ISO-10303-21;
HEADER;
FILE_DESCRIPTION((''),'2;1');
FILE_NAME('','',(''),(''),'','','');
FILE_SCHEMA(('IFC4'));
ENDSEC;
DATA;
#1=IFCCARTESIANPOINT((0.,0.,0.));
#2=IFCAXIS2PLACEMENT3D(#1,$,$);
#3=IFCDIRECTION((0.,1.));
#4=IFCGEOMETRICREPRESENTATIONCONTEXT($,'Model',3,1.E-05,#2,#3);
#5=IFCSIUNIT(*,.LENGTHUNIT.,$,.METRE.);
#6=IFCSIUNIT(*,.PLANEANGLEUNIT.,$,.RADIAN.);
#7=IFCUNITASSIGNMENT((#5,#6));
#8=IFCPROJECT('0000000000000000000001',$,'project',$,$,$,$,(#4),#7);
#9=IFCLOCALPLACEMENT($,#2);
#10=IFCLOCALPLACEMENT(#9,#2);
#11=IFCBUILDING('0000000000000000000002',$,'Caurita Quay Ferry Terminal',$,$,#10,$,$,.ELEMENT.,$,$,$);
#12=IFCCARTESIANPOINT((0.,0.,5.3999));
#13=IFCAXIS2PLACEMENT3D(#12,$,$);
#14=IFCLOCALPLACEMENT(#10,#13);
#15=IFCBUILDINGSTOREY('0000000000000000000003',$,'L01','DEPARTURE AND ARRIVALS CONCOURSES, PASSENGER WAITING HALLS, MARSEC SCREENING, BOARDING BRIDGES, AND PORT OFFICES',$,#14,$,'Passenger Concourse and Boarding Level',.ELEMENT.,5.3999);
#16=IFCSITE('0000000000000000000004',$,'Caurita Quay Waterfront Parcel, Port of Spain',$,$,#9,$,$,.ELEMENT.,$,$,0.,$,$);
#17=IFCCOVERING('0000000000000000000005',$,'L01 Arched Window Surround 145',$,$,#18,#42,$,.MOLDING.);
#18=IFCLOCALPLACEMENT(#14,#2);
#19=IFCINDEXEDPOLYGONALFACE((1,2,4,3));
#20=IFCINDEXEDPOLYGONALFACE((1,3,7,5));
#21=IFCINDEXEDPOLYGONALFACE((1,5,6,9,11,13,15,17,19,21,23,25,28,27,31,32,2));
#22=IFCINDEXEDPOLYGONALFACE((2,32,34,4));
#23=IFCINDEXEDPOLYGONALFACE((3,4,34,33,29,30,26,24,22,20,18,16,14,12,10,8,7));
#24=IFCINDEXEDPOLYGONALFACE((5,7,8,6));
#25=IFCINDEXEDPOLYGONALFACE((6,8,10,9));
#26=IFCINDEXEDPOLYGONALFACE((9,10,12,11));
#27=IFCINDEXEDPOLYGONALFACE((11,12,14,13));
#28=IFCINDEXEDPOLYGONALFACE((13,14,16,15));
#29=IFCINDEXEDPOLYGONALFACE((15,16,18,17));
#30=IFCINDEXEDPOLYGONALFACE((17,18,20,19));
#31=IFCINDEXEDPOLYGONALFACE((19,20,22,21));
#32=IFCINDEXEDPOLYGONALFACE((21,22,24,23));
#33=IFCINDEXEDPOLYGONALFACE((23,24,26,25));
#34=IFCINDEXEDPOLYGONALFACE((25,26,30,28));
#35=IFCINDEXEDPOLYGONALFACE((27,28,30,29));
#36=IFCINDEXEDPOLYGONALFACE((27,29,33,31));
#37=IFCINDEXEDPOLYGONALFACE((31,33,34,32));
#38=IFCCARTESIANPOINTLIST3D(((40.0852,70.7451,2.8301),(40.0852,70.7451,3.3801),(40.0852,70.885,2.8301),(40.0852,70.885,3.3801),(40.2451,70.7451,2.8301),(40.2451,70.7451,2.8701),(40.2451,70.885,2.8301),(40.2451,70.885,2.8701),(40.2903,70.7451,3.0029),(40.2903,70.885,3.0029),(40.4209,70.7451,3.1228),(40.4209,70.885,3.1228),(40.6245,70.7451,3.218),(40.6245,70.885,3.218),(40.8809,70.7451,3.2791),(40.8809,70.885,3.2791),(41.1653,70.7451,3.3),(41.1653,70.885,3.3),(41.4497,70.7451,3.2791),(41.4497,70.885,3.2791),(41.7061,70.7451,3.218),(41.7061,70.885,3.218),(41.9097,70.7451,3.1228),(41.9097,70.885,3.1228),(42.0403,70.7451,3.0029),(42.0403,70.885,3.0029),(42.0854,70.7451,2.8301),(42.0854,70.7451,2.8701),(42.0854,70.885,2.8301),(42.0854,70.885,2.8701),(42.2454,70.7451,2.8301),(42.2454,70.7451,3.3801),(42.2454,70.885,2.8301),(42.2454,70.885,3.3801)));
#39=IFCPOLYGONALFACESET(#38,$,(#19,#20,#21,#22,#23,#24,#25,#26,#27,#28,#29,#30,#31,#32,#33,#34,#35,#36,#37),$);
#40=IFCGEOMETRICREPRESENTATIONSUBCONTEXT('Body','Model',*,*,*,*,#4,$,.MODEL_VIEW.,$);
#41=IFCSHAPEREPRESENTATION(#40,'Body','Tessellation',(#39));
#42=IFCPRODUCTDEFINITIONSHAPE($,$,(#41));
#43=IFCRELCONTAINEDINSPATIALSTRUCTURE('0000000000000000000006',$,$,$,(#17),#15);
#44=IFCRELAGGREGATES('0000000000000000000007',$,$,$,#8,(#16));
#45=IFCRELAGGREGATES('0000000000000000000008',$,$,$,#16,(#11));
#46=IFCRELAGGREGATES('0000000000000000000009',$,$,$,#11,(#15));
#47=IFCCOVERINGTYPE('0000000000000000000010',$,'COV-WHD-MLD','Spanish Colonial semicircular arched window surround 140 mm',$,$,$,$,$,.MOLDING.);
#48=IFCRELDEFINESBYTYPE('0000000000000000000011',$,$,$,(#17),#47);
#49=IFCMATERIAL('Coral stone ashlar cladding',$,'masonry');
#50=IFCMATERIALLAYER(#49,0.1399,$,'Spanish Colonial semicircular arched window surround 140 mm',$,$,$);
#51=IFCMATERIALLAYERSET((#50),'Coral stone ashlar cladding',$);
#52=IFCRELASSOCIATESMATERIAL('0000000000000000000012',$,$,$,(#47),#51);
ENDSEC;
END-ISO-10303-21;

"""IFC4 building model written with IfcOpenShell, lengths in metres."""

from ifc_helpers import new_model, si_unit, direction, frame, origin, place, context, subcontext, project, spatial, polyline, outline, extrude, material, layer, layer_set, type_object, element, save


model = new_model("IFC4")

# Units and contexts
model_context = context("Model", 3, precision=1e-05, world=origin(), true_north=direction((0.0, 1.0)))
body_context = subcontext(model_context, "Body", "Model", "MODEL_VIEW")
ifc_project = project(units=[si_unit("LENGTHUNIT", "METRE"), si_unit("PLANEANGLEUNIT", "RADIAN")], contexts=[model_context])

# Site, building, storey
site_placement = place(None, origin())
site = spatial("IfcSite", under=ifc_project, at=site_placement, Name="Caurita Quay Waterfront Parcel, Port of Spain", CompositionType="ELEMENT", RefElevation=0.0)
building_placement = place(site_placement, origin())
building = spatial("IfcBuilding", under=site, at=building_placement, Name="Caurita Quay Ferry Terminal", CompositionType="ELEMENT")
storey_placement = place(building_placement, frame((0.0, 0.0, 5.3999)))
storey = spatial("IfcBuildingStorey", under=building, at=storey_placement, Name="L01", Description="DEPARTURE AND ARRIVALS CONCOURSES, PASSENGER WAITING HALLS, MARSEC SCREENING, BOARDING BRIDGES, AND PORT OFFICES", LongName="Passenger Concourse and Boarding Level", CompositionType="ELEMENT", Elevation=5.3999)

# Covering
ifc_material_1 = material(Name="Coral stone ashlar cladding", Category="masonry")
ifc_layer_1 = layer(ifc_material_1, 0.1399, Name="Spanish Colonial semicircular arched window surround 140 mm")
ifc_layer_set_1 = layer_set([ifc_layer_1], Name="Coral stone ashlar cladding")
covering_type_1 = type_object("IfcCoveringType", Name="COV-WHD-MLD", Description="Spanish Colonial semicircular arched window surround 140 mm", PredefinedType="MOLDING", material=ifc_layer_set_1)
covering_1_placement = place(storey_placement, frame((42.2454, 70.8149, 2.8301), z_axis=(0.0, 0.0, 1.0), x_axis=(-1.0, 0.0, 0.0)))
element("IfcCovering", 1, at=covering_1_placement, inside=storey, type_object=covering_type_1, Name="L01 Arched Window Surround 145", PredefinedType="MOLDING", context=body_context, shape_type="SweptSolid", body=[
    extrude(outline(polyline([(0.0, 0.0), (0.1599, 0.0), (0.1599, 0.04), (0.2051, 0.1729), (0.3357, 0.2927), (0.5393, 0.3879), (0.7957, 0.449), (1.0801, 0.47), (1.3645, 0.449), (1.6208, 0.3879), (1.8245, 0.2927), (1.9551, 0.1729), (2.0002, 0.04), (2.0002, 0.0), (2.1602, 0.0), (2.1602, 0.55), (0.0, 0.55), (0.0, 0.0)])), frame((0.0, 0.0698, 0.0), z_axis=(0.0, -1.0, 0.0), x_axis=(1.0, 0.0, 0.0)), (0.0, 0.0, 1.0), 0.1399),
])

save(model, "model.ifc")
